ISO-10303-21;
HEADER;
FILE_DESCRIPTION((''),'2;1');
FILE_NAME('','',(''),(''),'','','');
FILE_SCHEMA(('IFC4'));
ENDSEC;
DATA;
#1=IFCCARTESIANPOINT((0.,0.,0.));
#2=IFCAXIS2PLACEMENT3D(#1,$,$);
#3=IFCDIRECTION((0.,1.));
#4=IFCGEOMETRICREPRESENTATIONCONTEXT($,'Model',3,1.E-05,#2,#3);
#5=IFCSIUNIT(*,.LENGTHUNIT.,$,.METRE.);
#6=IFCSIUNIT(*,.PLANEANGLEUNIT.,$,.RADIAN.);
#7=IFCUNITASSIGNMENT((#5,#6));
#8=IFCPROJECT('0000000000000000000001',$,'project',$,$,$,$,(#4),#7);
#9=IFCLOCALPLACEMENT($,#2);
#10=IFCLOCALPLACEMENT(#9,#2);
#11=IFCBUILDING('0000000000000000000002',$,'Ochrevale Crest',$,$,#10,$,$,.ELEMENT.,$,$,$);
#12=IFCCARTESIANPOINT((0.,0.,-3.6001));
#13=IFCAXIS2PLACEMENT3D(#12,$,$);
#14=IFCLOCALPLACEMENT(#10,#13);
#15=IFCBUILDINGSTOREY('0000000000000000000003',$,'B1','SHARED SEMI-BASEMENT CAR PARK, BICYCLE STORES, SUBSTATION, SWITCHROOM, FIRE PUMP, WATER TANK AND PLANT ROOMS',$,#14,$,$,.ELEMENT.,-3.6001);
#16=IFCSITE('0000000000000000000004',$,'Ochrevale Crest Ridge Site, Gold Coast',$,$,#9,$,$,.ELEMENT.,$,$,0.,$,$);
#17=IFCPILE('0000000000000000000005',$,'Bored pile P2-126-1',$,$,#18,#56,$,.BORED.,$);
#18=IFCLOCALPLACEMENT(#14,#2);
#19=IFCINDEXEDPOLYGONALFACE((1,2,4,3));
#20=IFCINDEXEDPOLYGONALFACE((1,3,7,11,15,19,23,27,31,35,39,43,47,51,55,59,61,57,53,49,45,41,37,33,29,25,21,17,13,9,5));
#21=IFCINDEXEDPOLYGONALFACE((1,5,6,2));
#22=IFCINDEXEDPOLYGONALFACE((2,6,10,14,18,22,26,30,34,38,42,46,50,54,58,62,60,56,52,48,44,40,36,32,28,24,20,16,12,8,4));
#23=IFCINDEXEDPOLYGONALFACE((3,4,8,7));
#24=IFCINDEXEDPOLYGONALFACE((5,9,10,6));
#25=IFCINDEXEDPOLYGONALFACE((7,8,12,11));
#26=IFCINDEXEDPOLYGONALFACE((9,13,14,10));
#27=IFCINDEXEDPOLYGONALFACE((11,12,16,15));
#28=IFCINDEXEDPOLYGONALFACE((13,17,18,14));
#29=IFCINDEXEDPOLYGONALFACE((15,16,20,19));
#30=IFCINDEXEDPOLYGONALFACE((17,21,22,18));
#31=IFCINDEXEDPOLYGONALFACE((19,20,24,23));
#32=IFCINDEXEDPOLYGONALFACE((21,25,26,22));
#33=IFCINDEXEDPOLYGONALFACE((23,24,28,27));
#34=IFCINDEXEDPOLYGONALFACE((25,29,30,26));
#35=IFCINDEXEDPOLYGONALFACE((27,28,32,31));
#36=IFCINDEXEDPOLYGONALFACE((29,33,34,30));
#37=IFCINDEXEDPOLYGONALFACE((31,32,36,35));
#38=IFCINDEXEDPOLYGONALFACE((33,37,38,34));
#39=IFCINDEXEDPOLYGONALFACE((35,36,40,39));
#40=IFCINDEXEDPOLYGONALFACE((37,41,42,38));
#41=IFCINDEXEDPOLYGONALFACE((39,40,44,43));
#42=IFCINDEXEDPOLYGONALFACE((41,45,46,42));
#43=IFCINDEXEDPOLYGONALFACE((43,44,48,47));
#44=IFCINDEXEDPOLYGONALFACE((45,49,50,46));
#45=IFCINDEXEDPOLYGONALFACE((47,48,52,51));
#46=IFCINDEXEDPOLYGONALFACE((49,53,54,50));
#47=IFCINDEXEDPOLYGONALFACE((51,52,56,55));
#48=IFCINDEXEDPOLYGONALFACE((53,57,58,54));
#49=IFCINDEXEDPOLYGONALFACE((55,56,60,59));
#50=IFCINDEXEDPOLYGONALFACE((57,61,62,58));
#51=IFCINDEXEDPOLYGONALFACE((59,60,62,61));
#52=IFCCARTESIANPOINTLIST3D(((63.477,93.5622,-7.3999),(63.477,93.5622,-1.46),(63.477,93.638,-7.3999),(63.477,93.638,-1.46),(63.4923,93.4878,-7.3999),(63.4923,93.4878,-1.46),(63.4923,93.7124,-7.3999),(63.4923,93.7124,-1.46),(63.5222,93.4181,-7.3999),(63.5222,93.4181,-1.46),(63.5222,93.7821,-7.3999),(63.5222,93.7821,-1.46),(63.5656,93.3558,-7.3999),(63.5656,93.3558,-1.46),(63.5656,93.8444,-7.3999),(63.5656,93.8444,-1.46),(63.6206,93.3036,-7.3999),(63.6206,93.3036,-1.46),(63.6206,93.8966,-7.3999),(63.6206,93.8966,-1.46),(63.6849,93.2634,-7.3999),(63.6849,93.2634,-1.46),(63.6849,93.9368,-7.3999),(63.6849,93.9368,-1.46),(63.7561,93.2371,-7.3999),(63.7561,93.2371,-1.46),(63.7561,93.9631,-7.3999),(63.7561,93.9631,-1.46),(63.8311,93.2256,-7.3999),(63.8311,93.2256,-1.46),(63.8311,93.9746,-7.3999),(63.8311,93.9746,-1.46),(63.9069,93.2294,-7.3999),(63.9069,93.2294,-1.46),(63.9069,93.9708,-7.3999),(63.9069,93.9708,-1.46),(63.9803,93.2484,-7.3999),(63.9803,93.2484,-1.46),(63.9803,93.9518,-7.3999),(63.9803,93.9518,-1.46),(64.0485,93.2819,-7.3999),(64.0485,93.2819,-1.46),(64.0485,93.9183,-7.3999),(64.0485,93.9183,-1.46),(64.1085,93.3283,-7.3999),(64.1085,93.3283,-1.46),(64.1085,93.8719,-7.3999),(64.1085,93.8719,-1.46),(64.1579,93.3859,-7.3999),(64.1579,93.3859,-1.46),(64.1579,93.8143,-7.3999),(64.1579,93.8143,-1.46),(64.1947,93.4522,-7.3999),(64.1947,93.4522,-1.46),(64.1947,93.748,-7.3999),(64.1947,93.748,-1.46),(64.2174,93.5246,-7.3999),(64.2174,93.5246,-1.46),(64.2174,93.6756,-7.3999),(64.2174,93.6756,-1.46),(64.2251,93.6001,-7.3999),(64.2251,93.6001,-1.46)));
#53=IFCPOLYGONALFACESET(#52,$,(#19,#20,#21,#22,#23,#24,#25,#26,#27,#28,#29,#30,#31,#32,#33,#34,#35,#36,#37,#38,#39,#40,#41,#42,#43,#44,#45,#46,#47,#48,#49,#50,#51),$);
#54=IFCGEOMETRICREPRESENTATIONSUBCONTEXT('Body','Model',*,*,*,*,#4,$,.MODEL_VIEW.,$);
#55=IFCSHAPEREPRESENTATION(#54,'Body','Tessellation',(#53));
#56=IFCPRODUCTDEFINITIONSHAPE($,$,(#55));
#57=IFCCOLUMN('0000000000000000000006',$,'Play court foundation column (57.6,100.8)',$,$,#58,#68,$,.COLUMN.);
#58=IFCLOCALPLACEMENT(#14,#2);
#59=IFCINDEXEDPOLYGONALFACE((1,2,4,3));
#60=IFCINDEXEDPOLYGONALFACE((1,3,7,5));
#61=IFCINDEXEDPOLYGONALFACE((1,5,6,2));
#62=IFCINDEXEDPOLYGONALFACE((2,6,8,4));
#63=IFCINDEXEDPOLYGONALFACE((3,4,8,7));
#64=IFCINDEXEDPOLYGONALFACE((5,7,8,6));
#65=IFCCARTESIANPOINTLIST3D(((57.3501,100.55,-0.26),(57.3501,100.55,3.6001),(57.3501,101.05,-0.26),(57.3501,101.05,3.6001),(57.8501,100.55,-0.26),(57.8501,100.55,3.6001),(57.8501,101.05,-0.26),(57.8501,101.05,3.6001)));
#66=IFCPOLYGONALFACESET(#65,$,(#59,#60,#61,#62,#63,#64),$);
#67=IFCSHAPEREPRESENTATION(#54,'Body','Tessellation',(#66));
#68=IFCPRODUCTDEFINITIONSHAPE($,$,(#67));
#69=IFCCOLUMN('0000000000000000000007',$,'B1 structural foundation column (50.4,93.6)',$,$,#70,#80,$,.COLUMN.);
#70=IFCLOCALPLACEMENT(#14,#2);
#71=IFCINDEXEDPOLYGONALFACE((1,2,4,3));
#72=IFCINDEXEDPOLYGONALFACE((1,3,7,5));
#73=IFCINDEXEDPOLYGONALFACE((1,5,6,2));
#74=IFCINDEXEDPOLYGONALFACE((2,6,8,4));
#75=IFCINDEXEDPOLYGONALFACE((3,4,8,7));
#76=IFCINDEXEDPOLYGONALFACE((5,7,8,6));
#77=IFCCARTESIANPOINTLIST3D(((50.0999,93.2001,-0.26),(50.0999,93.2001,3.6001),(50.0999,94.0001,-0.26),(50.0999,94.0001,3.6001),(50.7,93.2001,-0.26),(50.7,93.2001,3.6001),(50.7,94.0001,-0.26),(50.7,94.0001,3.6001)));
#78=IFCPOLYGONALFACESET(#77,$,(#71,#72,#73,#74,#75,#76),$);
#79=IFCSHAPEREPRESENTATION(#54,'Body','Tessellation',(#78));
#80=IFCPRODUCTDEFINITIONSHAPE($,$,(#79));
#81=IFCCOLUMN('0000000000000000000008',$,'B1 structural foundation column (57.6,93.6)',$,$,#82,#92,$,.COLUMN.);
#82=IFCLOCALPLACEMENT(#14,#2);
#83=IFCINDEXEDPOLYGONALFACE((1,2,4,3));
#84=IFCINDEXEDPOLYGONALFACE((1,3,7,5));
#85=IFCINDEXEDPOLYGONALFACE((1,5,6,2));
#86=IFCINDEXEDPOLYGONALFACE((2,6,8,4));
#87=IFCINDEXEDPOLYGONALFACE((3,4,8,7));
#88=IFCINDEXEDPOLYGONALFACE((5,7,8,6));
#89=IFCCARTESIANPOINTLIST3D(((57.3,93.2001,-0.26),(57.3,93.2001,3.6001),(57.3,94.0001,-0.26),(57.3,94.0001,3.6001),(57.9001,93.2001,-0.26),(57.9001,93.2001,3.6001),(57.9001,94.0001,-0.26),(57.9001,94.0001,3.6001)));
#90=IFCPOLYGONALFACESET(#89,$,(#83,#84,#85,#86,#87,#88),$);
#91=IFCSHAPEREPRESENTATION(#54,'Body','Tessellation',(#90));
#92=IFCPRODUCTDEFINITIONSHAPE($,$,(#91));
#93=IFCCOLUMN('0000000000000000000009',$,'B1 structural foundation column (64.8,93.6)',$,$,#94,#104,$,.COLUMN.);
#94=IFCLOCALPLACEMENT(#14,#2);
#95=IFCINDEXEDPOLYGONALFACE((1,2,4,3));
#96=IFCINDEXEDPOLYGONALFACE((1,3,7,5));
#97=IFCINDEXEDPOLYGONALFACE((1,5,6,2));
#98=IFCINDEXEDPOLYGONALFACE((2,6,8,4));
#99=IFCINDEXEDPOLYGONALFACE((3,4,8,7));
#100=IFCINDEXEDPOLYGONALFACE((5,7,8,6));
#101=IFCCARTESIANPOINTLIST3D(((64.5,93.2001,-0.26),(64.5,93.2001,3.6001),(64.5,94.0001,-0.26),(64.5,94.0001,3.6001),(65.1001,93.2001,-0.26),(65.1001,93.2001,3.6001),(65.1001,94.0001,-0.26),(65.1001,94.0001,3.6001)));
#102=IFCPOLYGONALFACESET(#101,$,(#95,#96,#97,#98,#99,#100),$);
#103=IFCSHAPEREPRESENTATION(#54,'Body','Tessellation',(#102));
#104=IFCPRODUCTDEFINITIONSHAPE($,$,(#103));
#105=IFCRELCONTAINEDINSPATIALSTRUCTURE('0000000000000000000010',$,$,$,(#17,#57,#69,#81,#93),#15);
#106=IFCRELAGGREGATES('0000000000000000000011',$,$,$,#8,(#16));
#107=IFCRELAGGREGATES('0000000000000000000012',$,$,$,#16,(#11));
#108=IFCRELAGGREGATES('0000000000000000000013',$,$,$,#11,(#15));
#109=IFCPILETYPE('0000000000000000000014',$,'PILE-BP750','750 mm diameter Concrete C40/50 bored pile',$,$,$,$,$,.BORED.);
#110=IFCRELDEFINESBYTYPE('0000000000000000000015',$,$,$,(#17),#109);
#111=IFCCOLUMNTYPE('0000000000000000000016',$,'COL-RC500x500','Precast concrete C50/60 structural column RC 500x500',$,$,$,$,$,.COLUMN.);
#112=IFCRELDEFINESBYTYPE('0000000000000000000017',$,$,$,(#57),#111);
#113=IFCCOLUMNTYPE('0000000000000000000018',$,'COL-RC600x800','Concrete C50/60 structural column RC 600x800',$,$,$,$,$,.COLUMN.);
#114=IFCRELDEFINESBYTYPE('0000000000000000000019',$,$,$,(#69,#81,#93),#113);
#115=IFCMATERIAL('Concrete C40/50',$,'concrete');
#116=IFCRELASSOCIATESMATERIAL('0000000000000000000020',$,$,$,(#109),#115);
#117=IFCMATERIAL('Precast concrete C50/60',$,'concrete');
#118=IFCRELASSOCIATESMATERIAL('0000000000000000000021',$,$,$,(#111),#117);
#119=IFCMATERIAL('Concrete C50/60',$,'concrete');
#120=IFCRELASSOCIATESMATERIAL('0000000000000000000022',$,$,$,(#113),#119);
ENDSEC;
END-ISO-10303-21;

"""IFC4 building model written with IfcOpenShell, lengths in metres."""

from ifc_helpers import new_model, si_unit, direction, frame, origin, origin_2d, place, context, subcontext, project, spatial, rectangle, circle, extrude, material, material_profile, profile_set, type_object, element, save


model = new_model("IFC4")

# Units and contexts
model_context = context("Model", 3, precision=1e-05, world=origin(), true_north=direction((0.0, 1.0)))
body_context = subcontext(model_context, "Body", "Model", "MODEL_VIEW")
ifc_project = project(units=[si_unit("LENGTHUNIT", "METRE"), si_unit("PLANEANGLEUNIT", "RADIAN")], contexts=[model_context])

# Site, building, storey
site_placement = place(None, origin())
site = spatial("IfcSite", under=ifc_project, at=site_placement, Name="Ochrevale Crest Ridge Site, Gold Coast", CompositionType="ELEMENT", RefElevation=0.0)
building_placement = place(site_placement, origin())
building = spatial("IfcBuilding", under=site, at=building_placement, Name="Ochrevale Crest", CompositionType="ELEMENT")
storey_placement = place(building_placement, frame((0.0, 0.0, -3.6001)))
storey = spatial("IfcBuildingStorey", under=building, at=storey_placement, Name="B1", Description="SHARED SEMI-BASEMENT CAR PARK, BICYCLE STORES, SUBSTATION, SWITCHROOM, FIRE PUMP, WATER TANK AND PLANT ROOMS", CompositionType="ELEMENT", Elevation=-3.6001)

# Shared definitions
ifc_material_1 = material(Name="Concrete C40/50", Category="concrete")

# Pile
ifc_material_profile_1 = material_profile(ifc_material_1, circle(Radius=0.375, at=origin_2d()), Name="BORED PILE 750")
ifc_profile_set_1 = profile_set([ifc_material_profile_1], Name="Concrete C40/50")
pile_type_1 = type_object("IfcPileType", Name="PILE-BP750", Description="750 mm diameter Concrete C40/50 bored pile", PredefinedType="BORED", material=ifc_profile_set_1)
for number, where, z_axis, x_axis, name in (
    (1, (63.8501, 93.6001, -1.46), (0.0, 0.0, -1.0), (1.0, 0.0, 0.0), "Bored pile P2-126-1"),
):
    element("IfcPile", number, at=place(storey_placement, frame(where, z_axis=z_axis, x_axis=x_axis)), inside=storey, type_object=pile_type_1, Name=name, PredefinedType="BORED", context=body_context, shape_type="SweptSolid", body=[
        extrude(circle(Radius=0.375, at=origin_2d()), origin(), (0.0, 0.0, 1.0), 5.9399),
    ])

# Columns
ifc_material_2 = material(Name="Precast concrete C50/60", Category="concrete")
ifc_material_profile_2 = material_profile(ifc_material_2, rectangle(XDim=0.5, YDim=0.5, at=origin_2d()), Name="RC 500x500")
ifc_profile_set_2 = profile_set([ifc_material_profile_2], Name="Precast concrete C50/60")
column_type_1 = type_object("IfcColumnType", Name="COL-RC500x500", Description="Precast concrete C50/60 structural column RC 500x500", PredefinedType="COLUMN", material=ifc_profile_set_2)
column_placement = place(storey_placement, frame((57.6001, 100.8, -0.26), z_axis=(0.0, 0.0, 1.0), x_axis=(1.0, 0.0, 0.0)))
element("IfcColumn", 2, at=column_placement, inside=storey, type_object=column_type_1, Name="Play court foundation column (57.6,100.8)", PredefinedType="COLUMN", context=body_context, shape_type="SweptSolid", body=[
    extrude(rectangle(XDim=0.5, YDim=0.5, at=origin_2d()), origin(), (0.0, 0.0, 1.0), 3.8601),
])
ifc_material_3 = material(Name="Concrete C50/60", Category="concrete")
ifc_material_profile_3 = material_profile(ifc_material_3, rectangle(XDim=0.6001, YDim=0.8, at=origin_2d()), Name="RC 600x800")
ifc_profile_set_3 = profile_set([ifc_material_profile_3], Name="Concrete C50/60")
column_type_2 = type_object("IfcColumnType", Name="COL-RC600x800", Description="Concrete C50/60 structural column RC 600x800", PredefinedType="COLUMN", material=ifc_profile_set_3)
for number, where, z_axis, x_axis, name in (
    (3, (50.3999, 93.6001, -0.26), (0.0, 0.0, 1.0), (1.0, 0.0, 0.0), "B1 structural foundation column (50.4,93.6)"),
    (4, (57.6001, 93.6001, -0.26), (0.0, 0.0, 1.0), (1.0, 0.0, 0.0), "B1 structural foundation column (57.6,93.6)"),
    (5, (64.8, 93.6001, -0.26), (0.0, 0.0, 1.0), (1.0, 0.0, 0.0), "B1 structural foundation column (64.8,93.6)"),
):
    element("IfcColumn", number, at=place(storey_placement, frame(where, z_axis=z_axis, x_axis=x_axis)), inside=storey, type_object=column_type_2, Name=name, PredefinedType="COLUMN", context=body_context, shape_type="SweptSolid", body=[
        extrude(rectangle(XDim=0.6001, YDim=0.8, at=origin_2d()), origin(), (0.0, 0.0, 1.0), 3.8601),
    ])

save(model, "model.ifc")
